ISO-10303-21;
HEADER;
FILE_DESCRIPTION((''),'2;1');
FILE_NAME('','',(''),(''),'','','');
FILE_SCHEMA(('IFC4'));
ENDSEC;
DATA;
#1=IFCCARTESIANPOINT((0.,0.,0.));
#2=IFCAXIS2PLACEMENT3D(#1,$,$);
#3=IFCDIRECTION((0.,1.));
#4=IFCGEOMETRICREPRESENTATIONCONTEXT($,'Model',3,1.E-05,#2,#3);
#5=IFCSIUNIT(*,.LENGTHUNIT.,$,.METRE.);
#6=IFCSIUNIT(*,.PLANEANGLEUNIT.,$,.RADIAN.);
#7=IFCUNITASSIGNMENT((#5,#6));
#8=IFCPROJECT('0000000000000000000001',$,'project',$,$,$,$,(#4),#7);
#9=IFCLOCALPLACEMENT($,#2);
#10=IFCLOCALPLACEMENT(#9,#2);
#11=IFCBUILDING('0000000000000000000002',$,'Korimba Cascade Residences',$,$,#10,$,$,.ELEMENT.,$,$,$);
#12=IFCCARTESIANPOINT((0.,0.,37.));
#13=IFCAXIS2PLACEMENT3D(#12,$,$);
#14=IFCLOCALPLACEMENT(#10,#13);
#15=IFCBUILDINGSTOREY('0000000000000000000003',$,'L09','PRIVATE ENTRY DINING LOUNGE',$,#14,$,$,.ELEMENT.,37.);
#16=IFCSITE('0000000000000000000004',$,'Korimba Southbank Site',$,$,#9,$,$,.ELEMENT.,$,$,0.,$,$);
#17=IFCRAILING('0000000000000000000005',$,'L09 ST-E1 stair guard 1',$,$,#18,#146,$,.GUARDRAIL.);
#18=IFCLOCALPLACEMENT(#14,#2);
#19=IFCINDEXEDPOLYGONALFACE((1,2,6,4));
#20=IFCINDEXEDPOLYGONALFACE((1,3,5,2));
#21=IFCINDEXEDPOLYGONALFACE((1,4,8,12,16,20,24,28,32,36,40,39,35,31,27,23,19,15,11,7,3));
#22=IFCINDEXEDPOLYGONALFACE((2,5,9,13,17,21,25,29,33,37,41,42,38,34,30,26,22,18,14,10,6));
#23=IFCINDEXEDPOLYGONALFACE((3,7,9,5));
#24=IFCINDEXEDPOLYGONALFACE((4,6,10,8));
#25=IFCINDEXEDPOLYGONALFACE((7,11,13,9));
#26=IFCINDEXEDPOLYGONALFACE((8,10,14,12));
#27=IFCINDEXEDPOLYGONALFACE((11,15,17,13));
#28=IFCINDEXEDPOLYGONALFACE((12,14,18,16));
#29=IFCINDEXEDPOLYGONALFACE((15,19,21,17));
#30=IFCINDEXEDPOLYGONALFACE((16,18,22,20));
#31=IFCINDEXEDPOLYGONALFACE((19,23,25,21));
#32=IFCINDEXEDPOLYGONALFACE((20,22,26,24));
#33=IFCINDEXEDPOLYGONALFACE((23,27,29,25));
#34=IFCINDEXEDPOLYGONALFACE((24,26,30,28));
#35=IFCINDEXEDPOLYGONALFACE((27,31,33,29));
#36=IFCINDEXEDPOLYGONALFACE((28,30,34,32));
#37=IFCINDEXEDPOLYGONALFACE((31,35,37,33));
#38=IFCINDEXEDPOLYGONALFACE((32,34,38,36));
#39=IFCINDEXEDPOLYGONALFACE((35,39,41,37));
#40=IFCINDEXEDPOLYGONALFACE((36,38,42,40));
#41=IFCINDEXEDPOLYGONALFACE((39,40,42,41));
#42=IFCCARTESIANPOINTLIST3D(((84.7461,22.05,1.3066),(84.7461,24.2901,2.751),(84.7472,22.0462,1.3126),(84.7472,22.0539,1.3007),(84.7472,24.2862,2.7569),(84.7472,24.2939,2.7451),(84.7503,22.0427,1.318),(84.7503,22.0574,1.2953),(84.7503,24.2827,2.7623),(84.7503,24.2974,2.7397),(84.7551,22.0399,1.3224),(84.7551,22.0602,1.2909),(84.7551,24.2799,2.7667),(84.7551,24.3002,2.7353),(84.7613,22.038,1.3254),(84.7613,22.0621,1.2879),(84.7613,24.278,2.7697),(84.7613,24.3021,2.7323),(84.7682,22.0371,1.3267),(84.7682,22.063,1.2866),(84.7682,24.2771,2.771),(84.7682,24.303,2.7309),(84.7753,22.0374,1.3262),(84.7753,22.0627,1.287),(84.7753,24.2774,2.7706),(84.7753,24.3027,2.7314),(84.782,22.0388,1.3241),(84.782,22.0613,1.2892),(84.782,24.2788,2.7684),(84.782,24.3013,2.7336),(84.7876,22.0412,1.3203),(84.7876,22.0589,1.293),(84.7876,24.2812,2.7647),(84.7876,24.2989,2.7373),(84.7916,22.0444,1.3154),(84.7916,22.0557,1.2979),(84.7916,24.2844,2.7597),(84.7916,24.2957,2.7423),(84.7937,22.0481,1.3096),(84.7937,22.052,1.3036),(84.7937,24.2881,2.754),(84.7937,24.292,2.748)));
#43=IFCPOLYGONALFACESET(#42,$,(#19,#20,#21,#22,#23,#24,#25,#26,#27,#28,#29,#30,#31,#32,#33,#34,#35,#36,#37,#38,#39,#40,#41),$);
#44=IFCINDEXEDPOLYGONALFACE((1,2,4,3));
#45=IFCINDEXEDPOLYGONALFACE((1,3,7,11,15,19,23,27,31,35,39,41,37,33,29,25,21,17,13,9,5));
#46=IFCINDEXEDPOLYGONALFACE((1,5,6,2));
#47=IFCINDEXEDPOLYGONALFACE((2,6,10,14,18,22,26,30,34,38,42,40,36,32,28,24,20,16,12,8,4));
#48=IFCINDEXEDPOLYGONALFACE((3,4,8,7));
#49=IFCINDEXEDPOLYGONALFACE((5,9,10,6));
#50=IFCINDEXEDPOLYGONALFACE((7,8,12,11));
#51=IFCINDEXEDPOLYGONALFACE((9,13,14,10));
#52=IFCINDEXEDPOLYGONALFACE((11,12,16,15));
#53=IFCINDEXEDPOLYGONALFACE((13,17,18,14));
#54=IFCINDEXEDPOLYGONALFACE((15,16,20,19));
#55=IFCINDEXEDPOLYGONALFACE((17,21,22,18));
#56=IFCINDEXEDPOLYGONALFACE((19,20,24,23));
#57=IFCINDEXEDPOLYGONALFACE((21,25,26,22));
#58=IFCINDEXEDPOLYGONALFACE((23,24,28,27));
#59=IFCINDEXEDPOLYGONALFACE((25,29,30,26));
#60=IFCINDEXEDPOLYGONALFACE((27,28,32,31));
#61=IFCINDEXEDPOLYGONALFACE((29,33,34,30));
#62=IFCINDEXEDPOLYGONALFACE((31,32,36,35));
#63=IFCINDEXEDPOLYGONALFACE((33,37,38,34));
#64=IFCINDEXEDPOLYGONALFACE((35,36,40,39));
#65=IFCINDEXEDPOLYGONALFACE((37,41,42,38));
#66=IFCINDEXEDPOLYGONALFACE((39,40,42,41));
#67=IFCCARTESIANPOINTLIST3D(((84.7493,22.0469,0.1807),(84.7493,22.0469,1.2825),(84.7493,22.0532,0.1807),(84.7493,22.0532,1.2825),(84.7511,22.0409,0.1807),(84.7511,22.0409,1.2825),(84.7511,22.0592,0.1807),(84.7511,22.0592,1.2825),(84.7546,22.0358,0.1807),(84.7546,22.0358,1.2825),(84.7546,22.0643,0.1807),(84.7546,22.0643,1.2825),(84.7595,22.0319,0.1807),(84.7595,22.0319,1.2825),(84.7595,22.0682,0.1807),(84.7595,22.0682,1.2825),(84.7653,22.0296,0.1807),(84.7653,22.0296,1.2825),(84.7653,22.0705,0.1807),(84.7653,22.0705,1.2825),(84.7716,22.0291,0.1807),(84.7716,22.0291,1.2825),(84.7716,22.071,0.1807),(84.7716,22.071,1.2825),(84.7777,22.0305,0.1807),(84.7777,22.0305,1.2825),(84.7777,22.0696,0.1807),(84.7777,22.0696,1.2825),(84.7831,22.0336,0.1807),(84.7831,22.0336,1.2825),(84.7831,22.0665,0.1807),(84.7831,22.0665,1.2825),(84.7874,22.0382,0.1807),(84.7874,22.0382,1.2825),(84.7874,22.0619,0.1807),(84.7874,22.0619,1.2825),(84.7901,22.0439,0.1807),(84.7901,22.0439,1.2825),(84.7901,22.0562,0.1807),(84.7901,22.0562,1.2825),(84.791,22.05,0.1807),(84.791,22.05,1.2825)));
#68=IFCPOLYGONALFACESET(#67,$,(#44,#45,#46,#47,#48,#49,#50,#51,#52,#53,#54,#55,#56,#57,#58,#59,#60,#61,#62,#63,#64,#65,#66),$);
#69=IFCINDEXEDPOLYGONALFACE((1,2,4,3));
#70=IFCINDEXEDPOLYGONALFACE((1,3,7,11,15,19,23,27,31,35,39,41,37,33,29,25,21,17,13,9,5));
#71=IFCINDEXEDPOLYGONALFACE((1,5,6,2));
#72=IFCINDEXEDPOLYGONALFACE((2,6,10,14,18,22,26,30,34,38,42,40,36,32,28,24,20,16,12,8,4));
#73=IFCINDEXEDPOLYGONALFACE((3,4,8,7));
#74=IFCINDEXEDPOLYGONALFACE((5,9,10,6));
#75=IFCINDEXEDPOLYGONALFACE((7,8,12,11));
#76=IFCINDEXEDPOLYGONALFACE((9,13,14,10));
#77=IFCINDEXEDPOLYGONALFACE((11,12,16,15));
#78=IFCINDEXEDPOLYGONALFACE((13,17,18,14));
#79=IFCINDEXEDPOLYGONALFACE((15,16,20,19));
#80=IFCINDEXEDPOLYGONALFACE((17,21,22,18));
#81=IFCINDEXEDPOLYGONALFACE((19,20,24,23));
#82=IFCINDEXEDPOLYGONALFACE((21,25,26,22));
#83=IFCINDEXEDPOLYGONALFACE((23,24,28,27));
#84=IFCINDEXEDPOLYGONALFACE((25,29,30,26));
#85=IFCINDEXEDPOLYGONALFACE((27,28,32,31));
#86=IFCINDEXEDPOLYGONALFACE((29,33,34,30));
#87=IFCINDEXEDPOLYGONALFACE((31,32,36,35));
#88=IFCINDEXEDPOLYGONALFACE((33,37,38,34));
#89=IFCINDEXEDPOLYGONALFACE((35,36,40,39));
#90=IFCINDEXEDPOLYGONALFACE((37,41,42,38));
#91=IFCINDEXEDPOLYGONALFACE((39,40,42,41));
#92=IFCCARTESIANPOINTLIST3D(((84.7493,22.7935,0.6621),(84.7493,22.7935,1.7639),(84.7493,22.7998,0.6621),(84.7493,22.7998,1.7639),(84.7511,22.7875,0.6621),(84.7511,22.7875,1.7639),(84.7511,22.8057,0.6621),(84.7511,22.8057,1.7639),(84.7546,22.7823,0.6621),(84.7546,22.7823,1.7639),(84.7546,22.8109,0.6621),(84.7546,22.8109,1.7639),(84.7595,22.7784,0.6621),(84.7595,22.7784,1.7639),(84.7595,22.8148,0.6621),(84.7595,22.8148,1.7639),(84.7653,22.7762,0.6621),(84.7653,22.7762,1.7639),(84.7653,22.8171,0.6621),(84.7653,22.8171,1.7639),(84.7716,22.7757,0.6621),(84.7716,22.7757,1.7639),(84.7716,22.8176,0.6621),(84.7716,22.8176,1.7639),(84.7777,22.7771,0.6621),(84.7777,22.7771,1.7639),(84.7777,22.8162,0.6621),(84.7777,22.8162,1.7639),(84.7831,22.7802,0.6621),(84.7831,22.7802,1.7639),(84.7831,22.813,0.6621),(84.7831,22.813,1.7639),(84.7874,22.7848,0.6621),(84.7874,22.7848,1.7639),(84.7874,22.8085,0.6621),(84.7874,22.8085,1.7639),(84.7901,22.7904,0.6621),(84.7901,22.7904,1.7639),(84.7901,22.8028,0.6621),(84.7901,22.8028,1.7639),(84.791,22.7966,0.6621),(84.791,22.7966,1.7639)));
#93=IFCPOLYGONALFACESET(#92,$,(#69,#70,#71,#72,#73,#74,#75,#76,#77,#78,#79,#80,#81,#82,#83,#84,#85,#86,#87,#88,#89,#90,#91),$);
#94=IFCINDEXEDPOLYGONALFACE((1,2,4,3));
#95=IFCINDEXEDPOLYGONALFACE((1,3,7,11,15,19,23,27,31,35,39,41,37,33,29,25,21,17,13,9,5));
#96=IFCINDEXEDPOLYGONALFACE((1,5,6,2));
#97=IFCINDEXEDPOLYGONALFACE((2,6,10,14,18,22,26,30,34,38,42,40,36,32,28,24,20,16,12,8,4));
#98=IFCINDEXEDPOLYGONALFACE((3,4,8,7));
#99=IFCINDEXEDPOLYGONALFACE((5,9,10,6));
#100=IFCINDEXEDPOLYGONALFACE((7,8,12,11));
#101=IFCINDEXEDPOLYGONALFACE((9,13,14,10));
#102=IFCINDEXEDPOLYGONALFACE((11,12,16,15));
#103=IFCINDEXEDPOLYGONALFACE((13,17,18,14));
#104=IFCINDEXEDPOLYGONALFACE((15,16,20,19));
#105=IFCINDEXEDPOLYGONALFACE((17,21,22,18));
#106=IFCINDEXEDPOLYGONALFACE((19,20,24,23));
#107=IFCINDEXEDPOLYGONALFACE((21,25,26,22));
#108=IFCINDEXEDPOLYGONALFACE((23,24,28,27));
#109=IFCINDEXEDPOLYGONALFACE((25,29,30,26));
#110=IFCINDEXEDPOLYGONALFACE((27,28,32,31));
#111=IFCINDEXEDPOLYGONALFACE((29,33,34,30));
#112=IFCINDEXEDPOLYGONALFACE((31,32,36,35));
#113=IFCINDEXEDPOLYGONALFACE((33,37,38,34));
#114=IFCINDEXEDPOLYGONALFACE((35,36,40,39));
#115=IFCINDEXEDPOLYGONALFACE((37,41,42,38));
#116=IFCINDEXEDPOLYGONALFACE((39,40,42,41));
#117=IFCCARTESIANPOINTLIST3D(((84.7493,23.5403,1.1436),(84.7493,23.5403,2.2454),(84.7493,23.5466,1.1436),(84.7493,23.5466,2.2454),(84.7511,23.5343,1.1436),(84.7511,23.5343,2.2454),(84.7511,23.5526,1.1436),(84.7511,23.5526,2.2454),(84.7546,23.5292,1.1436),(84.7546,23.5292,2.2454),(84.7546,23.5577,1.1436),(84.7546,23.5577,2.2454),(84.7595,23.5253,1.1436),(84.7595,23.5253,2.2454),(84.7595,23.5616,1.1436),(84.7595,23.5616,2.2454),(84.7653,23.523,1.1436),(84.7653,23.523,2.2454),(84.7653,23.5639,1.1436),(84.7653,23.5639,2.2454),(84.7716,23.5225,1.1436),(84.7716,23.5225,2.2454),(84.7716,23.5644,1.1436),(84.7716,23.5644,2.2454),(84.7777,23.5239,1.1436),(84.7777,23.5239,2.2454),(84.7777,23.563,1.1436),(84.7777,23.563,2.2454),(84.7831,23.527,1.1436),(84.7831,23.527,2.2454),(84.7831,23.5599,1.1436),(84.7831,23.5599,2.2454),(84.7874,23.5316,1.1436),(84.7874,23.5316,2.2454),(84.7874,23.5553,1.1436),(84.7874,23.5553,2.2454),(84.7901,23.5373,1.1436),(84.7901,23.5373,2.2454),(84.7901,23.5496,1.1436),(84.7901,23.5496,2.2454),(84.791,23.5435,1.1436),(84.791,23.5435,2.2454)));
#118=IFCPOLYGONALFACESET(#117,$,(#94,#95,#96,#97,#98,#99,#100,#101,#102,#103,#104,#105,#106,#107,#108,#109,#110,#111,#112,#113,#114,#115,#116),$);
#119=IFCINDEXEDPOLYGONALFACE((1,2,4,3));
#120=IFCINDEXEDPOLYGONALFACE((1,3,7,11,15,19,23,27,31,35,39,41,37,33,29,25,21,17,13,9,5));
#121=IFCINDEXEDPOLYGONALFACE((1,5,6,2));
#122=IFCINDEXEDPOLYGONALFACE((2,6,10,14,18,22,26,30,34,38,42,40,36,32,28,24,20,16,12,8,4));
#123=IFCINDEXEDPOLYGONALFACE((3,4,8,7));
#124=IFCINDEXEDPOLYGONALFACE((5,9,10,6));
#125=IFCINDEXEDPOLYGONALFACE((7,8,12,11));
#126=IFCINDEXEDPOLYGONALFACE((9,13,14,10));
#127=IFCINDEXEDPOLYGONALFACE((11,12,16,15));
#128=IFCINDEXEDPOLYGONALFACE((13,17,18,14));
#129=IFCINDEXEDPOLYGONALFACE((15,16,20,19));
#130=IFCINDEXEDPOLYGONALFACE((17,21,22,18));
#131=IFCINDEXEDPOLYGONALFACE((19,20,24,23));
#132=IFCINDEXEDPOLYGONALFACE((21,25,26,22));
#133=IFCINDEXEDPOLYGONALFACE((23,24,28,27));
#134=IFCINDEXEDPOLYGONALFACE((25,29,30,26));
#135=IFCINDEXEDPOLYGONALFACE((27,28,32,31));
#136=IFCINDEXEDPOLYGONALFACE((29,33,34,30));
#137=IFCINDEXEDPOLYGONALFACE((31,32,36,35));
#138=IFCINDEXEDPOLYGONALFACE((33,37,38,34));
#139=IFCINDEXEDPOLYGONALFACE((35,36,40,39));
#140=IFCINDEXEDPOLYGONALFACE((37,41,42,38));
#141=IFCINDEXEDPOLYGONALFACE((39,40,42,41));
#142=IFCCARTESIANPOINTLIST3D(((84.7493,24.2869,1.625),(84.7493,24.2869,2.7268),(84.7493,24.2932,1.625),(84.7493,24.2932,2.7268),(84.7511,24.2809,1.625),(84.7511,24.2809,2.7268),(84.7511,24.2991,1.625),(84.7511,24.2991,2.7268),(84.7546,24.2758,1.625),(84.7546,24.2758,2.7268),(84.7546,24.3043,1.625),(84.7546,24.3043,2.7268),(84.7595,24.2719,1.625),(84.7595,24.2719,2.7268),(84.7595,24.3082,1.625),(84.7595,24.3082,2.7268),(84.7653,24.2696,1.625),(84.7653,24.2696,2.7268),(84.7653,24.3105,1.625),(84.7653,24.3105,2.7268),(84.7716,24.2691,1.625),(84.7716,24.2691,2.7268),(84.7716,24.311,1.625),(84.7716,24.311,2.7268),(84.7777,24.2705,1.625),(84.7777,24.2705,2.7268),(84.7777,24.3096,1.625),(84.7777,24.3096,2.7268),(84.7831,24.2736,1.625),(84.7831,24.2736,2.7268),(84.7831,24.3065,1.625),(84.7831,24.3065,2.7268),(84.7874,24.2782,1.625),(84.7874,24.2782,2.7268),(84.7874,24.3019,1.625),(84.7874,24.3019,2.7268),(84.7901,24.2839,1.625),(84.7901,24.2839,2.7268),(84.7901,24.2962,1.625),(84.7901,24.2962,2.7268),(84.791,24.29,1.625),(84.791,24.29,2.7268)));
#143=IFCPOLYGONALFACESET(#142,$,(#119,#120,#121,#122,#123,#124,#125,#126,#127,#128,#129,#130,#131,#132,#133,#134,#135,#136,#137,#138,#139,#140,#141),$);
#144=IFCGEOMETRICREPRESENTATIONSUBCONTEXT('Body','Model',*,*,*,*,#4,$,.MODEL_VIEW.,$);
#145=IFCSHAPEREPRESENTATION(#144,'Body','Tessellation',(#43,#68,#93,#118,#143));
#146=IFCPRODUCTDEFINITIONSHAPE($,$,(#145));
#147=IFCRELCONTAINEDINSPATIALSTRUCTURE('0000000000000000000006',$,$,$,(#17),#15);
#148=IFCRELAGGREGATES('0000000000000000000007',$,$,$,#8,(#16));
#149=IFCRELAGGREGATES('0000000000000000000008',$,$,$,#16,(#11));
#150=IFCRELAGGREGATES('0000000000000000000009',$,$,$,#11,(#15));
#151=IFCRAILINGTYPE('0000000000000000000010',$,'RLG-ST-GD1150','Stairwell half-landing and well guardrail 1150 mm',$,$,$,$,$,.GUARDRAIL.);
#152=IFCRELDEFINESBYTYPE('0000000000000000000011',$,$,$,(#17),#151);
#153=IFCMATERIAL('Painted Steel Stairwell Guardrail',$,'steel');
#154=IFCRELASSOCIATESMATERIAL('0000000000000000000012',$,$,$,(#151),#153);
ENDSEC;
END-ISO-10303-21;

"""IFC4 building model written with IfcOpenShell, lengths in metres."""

from ifc_helpers import new_model, si_unit, direction, frame, origin, origin_2d, place, context, subcontext, project, spatial, circle, extrude, material, type_object, element, save


model = new_model("IFC4")

# Units and contexts
model_context = context("Model", 3, precision=1e-05, world=origin(), true_north=direction((0.0, 1.0)))
body_context = subcontext(model_context, "Body", "Model", "MODEL_VIEW")
ifc_project = project(units=[si_unit("LENGTHUNIT", "METRE"), si_unit("PLANEANGLEUNIT", "RADIAN")], contexts=[model_context])

# Site, building, storey
site_placement = place(None, origin())
site = spatial("IfcSite", under=ifc_project, at=site_placement, Name="Korimba Southbank Site", CompositionType="ELEMENT", RefElevation=0.0)
building_placement = place(site_placement, origin())
building = spatial("IfcBuilding", under=site, at=building_placement, Name="Korimba Cascade Residences", CompositionType="ELEMENT")
storey_placement = place(building_placement, frame((0.0, 0.0, 37.0)))
storey = spatial("IfcBuildingStorey", under=building, at=storey_placement, Name="L09", Description="PRIVATE ENTRY DINING LOUNGE", CompositionType="ELEMENT", Elevation=37.0)

# Railing
ifc_material_1 = material(Name="Painted Steel Stairwell Guardrail", Category="steel")
railing_type_1 = type_object("IfcRailingType", Name="RLG-ST-GD1150", Description="Stairwell half-landing and well guardrail 1150 mm", PredefinedType="GUARDRAIL", material=ifc_material_1)
railing_1_placement = place(storey_placement, frame((84.77, 22.05, 0.1807)))
element("IfcRailing", 1, at=railing_1_placement, inside=storey, type_object=railing_type_1, Name="L09 ST-E1 stair guard 1", PredefinedType="GUARDRAIL", context=body_context, shape_type="SweptSolid", body=[
    extrude(circle(Radius=0.0239, at=origin_2d()), frame((0.0, 0.0, 1.126), z_axis=(0.0, 0.840437, 0.54191), x_axis=(-1.0, 0.0, 0.0)), (0.0, 0.0, 1.0), 2.6653),
    extrude(circle(Radius=0.021, at=origin_2d()), origin(), (0.0, 0.0, 1.0), 1.1018),
    extrude(circle(Radius=0.021, at=origin_2d()), frame((0.0, 0.7466, 0.4814)), (0.0, 0.0, 1.0), 1.1018),
    extrude(circle(Radius=0.021, at=origin_2d()), frame((0.0, 1.4934, 0.9629)), (0.0, 0.0, 1.0), 1.1018),
    extrude(circle(Radius=0.021, at=origin_2d()), frame((0.0, 2.24, 1.4443)), (0.0, 0.0, 1.0), 1.1018),
])

save(model, "model.ifc")
